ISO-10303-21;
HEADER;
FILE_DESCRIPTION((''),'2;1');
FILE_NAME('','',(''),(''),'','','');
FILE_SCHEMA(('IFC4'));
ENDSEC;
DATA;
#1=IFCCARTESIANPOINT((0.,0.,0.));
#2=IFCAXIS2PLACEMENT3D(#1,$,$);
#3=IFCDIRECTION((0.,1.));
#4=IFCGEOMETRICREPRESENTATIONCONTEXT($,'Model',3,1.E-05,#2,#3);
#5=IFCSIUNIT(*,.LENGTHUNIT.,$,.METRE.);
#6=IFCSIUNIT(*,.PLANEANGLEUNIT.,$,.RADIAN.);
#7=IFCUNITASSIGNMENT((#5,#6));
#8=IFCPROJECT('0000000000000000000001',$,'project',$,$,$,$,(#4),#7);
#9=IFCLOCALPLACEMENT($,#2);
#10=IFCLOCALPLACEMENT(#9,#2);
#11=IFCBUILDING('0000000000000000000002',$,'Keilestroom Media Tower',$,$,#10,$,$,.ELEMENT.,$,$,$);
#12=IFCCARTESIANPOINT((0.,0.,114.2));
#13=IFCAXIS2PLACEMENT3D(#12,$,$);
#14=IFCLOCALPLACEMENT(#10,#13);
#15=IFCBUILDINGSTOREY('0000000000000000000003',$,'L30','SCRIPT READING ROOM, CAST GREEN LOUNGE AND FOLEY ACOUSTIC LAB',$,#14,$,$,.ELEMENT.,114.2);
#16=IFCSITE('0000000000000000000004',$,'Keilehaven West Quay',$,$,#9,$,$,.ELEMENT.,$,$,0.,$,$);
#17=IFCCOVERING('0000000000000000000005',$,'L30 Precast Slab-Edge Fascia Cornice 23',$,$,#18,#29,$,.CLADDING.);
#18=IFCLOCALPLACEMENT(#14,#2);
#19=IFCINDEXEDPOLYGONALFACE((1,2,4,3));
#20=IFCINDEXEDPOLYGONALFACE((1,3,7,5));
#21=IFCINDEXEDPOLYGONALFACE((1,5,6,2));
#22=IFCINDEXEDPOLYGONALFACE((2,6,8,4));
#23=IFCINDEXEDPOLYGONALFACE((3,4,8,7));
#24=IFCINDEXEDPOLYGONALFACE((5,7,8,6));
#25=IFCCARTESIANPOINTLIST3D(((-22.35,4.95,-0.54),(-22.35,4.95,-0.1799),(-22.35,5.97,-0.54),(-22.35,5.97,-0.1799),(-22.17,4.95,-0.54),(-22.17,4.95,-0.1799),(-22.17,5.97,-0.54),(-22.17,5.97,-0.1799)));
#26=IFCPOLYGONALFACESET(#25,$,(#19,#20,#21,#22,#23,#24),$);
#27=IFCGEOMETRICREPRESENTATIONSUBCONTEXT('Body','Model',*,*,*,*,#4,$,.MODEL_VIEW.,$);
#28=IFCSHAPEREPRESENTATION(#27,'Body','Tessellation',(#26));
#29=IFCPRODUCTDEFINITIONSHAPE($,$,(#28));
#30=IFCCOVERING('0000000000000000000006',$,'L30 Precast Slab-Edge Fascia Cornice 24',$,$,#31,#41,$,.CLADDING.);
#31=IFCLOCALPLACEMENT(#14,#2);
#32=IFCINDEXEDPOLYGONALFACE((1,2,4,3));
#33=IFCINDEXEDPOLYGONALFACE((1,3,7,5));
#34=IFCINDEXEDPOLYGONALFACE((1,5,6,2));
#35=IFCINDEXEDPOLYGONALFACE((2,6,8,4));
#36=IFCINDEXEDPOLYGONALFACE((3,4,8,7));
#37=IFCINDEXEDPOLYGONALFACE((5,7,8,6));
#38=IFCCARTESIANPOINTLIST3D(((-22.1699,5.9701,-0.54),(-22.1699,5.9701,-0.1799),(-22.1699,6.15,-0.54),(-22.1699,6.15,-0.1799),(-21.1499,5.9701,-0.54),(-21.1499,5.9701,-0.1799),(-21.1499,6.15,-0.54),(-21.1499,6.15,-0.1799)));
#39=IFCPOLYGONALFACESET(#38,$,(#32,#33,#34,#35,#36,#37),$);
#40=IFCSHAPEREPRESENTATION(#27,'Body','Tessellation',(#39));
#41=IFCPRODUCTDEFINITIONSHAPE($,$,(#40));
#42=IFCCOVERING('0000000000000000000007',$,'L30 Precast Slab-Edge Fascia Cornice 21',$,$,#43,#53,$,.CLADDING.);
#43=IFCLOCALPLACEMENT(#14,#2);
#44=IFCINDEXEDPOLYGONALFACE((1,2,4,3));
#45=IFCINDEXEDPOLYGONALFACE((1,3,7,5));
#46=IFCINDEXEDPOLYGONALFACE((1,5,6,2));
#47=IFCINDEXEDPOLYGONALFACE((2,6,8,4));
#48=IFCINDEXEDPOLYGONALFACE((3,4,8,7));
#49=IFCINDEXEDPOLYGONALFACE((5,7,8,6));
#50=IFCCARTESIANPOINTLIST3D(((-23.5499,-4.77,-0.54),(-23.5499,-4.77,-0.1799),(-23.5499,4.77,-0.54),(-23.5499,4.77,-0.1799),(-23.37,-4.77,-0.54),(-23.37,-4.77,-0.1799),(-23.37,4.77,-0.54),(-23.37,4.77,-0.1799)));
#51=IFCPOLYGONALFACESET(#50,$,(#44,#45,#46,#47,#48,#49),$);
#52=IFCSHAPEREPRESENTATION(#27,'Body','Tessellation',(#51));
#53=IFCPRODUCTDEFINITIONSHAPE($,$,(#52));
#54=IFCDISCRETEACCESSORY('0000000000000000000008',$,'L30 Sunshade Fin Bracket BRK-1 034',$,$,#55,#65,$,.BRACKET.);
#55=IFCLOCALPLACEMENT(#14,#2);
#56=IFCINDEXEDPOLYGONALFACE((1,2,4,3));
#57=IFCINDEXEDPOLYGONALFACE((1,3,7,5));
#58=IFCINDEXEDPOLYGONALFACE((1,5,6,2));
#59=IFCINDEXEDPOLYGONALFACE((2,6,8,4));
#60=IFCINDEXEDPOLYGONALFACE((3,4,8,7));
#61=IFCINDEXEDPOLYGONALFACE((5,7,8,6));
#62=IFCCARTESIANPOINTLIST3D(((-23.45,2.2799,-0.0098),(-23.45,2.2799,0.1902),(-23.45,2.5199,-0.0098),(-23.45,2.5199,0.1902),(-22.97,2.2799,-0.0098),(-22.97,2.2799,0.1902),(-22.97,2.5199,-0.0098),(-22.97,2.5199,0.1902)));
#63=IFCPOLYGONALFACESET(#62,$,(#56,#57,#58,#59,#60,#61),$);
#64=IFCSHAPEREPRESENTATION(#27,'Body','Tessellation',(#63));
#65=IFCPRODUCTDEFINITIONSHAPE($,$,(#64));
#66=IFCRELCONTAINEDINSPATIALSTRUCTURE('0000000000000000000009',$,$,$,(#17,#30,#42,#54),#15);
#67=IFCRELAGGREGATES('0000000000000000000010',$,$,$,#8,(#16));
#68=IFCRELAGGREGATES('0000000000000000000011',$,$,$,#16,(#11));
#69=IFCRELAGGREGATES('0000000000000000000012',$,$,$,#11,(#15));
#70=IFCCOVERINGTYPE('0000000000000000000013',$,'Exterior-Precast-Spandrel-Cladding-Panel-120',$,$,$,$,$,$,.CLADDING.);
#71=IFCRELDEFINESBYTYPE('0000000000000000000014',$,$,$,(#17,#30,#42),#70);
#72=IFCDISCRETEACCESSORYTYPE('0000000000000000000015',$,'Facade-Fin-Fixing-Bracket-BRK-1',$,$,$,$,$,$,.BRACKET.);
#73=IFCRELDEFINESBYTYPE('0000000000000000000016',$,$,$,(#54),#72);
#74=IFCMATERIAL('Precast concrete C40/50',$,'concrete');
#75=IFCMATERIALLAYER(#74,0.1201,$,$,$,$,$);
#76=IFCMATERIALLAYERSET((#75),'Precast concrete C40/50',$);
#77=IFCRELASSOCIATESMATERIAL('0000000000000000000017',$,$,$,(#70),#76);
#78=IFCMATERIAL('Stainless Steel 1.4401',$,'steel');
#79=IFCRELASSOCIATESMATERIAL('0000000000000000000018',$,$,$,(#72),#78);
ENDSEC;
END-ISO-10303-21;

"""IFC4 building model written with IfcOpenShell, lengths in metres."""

from ifc_helpers import new_model, si_unit, direction, frame, origin, origin_2d, place, context, subcontext, project, spatial, rectangle, extrude, source, transform, mapped, material, layer, layer_set, type_object, element, save


model = new_model("IFC4")

# Units and contexts
model_context = context("Model", 3, precision=1e-05, world=origin(), true_north=direction((0.0, 1.0)))
body_context = subcontext(model_context, "Body", "Model", "MODEL_VIEW")
ifc_project = project(units=[si_unit("LENGTHUNIT", "METRE"), si_unit("PLANEANGLEUNIT", "RADIAN")], contexts=[model_context])

# Site, building, storey
site_placement = place(None, origin())
site = spatial("IfcSite", under=ifc_project, at=site_placement, Name="Keilehaven West Quay", CompositionType="ELEMENT", RefElevation=0.0)
building_placement = place(site_placement, origin())
building = spatial("IfcBuilding", under=site, at=building_placement, Name="Keilestroom Media Tower", CompositionType="ELEMENT")
storey_placement = place(building_placement, frame((0.0, 0.0, 114.2)))
storey = spatial("IfcBuildingStorey", under=building, at=storey_placement, Name="L30", Description="SCRIPT READING ROOM, CAST GREEN LOUNGE AND FOLEY ACOUSTIC LAB", CompositionType="ELEMENT", Elevation=114.2)

# Shared definitions
ifc_material_1 = material(Name="Precast concrete C40/50", Category="concrete")

# Coverings
ifc_layer_1 = layer(ifc_material_1, 0.1201)
ifc_layer_set_1 = layer_set([ifc_layer_1], Name="Precast concrete C40/50")
covering_type = type_object("IfcCoveringType", Name="Exterior-Precast-Spandrel-Cladding-Panel-120", PredefinedType="CLADDING", material=ifc_layer_set_1)
shared_shape_1 = source(origin(), body_context, "Body", "SweptSolid", [
    extrude(rectangle(XDim=1.02, YDim=0.1799, at=origin_2d()), origin(), (0.0, 0.0, 1.0), 0.3601),
])
for number, where, z_axis, x_axis, name in (
    (1, (-22.26, 5.46, -0.54), (0.0, 0.0, 1.0), (0.0, 1.0, 0.0), "L30 Precast Slab-Edge Fascia Cornice 23"),
    (2, (-21.6599, 6.0601, -0.54), (0.0, 0.0, 1.0), (1.0, 0.0, 0.0), "L30 Precast Slab-Edge Fascia Cornice 24"),
):
    element("IfcCovering", number, at=place(storey_placement, frame(where, z_axis=z_axis, x_axis=x_axis)), inside=storey, type_object=covering_type, Name=name, PredefinedType="CLADDING", context=body_context, shape_type="MappedRepresentation", body=[
        mapped(shared_shape_1, transform((0.0, 0.0, 0.0), x_axis=(1.0, 0.0, 0.0), y_axis=(0.0, 1.0, 0.0), z_axis=(0.0, 0.0, 1.0), scale=1.0)),
    ])
shared_shape_2 = source(origin(), body_context, "Body", "SweptSolid", [
    extrude(rectangle(XDim=9.54, YDim=0.1799, at=origin_2d()), origin(), (0.0, 0.0, 1.0), 0.3601),
])
covering_placement = place(storey_placement, frame((-23.46, 0.0, -0.54), z_axis=(0.0, 0.0, 1.0), x_axis=(0.0, 1.0, 0.0)))
element("IfcCovering", 3, at=covering_placement, inside=storey, type_object=covering_type, Name="L30 Precast Slab-Edge Fascia Cornice 21", PredefinedType="CLADDING", context=body_context, shape_type="MappedRepresentation", body=[
    mapped(shared_shape_2, transform((0.0, 0.0, 0.0), x_axis=(1.0, 0.0, 0.0), y_axis=(0.0, 1.0, 0.0), z_axis=(0.0, 0.0, 1.0), scale=1.0)),
])

# Discrete accessory
ifc_material_2 = material(Name="Stainless Steel 1.4401", Category="steel")
discrete_accessory_type = type_object("IfcDiscreteAccessoryType", Name="Facade-Fin-Fixing-Bracket-BRK-1", PredefinedType="BRACKET", material=ifc_material_2)
shared_shape_3 = source(origin(), body_context, "Body", "SweptSolid", [
    extrude(rectangle(XDim=0.48, YDim=0.24, at=origin_2d()), origin(), (0.0, 0.0, 1.0), 0.2),
])
discrete_accessory_placement = place(storey_placement, frame((-23.21, 2.3999, -0.0098), z_axis=(0.0, 0.0, 1.0), x_axis=(1.0, 0.0, 0.0)))
element("IfcDiscreteAccessory", 4, at=discrete_accessory_placement, inside=storey, type_object=discrete_accessory_type, Name="L30 Sunshade Fin Bracket BRK-1 034", PredefinedType="BRACKET", context=body_context, shape_type="MappedRepresentation", body=[
    mapped(shared_shape_3, transform((0.0, 0.0, 0.0), x_axis=(1.0, 0.0, 0.0), y_axis=(0.0, 1.0, 0.0), z_axis=(0.0, 0.0, 1.0), scale=1.0)),
])

save(model, "model.ifc")
